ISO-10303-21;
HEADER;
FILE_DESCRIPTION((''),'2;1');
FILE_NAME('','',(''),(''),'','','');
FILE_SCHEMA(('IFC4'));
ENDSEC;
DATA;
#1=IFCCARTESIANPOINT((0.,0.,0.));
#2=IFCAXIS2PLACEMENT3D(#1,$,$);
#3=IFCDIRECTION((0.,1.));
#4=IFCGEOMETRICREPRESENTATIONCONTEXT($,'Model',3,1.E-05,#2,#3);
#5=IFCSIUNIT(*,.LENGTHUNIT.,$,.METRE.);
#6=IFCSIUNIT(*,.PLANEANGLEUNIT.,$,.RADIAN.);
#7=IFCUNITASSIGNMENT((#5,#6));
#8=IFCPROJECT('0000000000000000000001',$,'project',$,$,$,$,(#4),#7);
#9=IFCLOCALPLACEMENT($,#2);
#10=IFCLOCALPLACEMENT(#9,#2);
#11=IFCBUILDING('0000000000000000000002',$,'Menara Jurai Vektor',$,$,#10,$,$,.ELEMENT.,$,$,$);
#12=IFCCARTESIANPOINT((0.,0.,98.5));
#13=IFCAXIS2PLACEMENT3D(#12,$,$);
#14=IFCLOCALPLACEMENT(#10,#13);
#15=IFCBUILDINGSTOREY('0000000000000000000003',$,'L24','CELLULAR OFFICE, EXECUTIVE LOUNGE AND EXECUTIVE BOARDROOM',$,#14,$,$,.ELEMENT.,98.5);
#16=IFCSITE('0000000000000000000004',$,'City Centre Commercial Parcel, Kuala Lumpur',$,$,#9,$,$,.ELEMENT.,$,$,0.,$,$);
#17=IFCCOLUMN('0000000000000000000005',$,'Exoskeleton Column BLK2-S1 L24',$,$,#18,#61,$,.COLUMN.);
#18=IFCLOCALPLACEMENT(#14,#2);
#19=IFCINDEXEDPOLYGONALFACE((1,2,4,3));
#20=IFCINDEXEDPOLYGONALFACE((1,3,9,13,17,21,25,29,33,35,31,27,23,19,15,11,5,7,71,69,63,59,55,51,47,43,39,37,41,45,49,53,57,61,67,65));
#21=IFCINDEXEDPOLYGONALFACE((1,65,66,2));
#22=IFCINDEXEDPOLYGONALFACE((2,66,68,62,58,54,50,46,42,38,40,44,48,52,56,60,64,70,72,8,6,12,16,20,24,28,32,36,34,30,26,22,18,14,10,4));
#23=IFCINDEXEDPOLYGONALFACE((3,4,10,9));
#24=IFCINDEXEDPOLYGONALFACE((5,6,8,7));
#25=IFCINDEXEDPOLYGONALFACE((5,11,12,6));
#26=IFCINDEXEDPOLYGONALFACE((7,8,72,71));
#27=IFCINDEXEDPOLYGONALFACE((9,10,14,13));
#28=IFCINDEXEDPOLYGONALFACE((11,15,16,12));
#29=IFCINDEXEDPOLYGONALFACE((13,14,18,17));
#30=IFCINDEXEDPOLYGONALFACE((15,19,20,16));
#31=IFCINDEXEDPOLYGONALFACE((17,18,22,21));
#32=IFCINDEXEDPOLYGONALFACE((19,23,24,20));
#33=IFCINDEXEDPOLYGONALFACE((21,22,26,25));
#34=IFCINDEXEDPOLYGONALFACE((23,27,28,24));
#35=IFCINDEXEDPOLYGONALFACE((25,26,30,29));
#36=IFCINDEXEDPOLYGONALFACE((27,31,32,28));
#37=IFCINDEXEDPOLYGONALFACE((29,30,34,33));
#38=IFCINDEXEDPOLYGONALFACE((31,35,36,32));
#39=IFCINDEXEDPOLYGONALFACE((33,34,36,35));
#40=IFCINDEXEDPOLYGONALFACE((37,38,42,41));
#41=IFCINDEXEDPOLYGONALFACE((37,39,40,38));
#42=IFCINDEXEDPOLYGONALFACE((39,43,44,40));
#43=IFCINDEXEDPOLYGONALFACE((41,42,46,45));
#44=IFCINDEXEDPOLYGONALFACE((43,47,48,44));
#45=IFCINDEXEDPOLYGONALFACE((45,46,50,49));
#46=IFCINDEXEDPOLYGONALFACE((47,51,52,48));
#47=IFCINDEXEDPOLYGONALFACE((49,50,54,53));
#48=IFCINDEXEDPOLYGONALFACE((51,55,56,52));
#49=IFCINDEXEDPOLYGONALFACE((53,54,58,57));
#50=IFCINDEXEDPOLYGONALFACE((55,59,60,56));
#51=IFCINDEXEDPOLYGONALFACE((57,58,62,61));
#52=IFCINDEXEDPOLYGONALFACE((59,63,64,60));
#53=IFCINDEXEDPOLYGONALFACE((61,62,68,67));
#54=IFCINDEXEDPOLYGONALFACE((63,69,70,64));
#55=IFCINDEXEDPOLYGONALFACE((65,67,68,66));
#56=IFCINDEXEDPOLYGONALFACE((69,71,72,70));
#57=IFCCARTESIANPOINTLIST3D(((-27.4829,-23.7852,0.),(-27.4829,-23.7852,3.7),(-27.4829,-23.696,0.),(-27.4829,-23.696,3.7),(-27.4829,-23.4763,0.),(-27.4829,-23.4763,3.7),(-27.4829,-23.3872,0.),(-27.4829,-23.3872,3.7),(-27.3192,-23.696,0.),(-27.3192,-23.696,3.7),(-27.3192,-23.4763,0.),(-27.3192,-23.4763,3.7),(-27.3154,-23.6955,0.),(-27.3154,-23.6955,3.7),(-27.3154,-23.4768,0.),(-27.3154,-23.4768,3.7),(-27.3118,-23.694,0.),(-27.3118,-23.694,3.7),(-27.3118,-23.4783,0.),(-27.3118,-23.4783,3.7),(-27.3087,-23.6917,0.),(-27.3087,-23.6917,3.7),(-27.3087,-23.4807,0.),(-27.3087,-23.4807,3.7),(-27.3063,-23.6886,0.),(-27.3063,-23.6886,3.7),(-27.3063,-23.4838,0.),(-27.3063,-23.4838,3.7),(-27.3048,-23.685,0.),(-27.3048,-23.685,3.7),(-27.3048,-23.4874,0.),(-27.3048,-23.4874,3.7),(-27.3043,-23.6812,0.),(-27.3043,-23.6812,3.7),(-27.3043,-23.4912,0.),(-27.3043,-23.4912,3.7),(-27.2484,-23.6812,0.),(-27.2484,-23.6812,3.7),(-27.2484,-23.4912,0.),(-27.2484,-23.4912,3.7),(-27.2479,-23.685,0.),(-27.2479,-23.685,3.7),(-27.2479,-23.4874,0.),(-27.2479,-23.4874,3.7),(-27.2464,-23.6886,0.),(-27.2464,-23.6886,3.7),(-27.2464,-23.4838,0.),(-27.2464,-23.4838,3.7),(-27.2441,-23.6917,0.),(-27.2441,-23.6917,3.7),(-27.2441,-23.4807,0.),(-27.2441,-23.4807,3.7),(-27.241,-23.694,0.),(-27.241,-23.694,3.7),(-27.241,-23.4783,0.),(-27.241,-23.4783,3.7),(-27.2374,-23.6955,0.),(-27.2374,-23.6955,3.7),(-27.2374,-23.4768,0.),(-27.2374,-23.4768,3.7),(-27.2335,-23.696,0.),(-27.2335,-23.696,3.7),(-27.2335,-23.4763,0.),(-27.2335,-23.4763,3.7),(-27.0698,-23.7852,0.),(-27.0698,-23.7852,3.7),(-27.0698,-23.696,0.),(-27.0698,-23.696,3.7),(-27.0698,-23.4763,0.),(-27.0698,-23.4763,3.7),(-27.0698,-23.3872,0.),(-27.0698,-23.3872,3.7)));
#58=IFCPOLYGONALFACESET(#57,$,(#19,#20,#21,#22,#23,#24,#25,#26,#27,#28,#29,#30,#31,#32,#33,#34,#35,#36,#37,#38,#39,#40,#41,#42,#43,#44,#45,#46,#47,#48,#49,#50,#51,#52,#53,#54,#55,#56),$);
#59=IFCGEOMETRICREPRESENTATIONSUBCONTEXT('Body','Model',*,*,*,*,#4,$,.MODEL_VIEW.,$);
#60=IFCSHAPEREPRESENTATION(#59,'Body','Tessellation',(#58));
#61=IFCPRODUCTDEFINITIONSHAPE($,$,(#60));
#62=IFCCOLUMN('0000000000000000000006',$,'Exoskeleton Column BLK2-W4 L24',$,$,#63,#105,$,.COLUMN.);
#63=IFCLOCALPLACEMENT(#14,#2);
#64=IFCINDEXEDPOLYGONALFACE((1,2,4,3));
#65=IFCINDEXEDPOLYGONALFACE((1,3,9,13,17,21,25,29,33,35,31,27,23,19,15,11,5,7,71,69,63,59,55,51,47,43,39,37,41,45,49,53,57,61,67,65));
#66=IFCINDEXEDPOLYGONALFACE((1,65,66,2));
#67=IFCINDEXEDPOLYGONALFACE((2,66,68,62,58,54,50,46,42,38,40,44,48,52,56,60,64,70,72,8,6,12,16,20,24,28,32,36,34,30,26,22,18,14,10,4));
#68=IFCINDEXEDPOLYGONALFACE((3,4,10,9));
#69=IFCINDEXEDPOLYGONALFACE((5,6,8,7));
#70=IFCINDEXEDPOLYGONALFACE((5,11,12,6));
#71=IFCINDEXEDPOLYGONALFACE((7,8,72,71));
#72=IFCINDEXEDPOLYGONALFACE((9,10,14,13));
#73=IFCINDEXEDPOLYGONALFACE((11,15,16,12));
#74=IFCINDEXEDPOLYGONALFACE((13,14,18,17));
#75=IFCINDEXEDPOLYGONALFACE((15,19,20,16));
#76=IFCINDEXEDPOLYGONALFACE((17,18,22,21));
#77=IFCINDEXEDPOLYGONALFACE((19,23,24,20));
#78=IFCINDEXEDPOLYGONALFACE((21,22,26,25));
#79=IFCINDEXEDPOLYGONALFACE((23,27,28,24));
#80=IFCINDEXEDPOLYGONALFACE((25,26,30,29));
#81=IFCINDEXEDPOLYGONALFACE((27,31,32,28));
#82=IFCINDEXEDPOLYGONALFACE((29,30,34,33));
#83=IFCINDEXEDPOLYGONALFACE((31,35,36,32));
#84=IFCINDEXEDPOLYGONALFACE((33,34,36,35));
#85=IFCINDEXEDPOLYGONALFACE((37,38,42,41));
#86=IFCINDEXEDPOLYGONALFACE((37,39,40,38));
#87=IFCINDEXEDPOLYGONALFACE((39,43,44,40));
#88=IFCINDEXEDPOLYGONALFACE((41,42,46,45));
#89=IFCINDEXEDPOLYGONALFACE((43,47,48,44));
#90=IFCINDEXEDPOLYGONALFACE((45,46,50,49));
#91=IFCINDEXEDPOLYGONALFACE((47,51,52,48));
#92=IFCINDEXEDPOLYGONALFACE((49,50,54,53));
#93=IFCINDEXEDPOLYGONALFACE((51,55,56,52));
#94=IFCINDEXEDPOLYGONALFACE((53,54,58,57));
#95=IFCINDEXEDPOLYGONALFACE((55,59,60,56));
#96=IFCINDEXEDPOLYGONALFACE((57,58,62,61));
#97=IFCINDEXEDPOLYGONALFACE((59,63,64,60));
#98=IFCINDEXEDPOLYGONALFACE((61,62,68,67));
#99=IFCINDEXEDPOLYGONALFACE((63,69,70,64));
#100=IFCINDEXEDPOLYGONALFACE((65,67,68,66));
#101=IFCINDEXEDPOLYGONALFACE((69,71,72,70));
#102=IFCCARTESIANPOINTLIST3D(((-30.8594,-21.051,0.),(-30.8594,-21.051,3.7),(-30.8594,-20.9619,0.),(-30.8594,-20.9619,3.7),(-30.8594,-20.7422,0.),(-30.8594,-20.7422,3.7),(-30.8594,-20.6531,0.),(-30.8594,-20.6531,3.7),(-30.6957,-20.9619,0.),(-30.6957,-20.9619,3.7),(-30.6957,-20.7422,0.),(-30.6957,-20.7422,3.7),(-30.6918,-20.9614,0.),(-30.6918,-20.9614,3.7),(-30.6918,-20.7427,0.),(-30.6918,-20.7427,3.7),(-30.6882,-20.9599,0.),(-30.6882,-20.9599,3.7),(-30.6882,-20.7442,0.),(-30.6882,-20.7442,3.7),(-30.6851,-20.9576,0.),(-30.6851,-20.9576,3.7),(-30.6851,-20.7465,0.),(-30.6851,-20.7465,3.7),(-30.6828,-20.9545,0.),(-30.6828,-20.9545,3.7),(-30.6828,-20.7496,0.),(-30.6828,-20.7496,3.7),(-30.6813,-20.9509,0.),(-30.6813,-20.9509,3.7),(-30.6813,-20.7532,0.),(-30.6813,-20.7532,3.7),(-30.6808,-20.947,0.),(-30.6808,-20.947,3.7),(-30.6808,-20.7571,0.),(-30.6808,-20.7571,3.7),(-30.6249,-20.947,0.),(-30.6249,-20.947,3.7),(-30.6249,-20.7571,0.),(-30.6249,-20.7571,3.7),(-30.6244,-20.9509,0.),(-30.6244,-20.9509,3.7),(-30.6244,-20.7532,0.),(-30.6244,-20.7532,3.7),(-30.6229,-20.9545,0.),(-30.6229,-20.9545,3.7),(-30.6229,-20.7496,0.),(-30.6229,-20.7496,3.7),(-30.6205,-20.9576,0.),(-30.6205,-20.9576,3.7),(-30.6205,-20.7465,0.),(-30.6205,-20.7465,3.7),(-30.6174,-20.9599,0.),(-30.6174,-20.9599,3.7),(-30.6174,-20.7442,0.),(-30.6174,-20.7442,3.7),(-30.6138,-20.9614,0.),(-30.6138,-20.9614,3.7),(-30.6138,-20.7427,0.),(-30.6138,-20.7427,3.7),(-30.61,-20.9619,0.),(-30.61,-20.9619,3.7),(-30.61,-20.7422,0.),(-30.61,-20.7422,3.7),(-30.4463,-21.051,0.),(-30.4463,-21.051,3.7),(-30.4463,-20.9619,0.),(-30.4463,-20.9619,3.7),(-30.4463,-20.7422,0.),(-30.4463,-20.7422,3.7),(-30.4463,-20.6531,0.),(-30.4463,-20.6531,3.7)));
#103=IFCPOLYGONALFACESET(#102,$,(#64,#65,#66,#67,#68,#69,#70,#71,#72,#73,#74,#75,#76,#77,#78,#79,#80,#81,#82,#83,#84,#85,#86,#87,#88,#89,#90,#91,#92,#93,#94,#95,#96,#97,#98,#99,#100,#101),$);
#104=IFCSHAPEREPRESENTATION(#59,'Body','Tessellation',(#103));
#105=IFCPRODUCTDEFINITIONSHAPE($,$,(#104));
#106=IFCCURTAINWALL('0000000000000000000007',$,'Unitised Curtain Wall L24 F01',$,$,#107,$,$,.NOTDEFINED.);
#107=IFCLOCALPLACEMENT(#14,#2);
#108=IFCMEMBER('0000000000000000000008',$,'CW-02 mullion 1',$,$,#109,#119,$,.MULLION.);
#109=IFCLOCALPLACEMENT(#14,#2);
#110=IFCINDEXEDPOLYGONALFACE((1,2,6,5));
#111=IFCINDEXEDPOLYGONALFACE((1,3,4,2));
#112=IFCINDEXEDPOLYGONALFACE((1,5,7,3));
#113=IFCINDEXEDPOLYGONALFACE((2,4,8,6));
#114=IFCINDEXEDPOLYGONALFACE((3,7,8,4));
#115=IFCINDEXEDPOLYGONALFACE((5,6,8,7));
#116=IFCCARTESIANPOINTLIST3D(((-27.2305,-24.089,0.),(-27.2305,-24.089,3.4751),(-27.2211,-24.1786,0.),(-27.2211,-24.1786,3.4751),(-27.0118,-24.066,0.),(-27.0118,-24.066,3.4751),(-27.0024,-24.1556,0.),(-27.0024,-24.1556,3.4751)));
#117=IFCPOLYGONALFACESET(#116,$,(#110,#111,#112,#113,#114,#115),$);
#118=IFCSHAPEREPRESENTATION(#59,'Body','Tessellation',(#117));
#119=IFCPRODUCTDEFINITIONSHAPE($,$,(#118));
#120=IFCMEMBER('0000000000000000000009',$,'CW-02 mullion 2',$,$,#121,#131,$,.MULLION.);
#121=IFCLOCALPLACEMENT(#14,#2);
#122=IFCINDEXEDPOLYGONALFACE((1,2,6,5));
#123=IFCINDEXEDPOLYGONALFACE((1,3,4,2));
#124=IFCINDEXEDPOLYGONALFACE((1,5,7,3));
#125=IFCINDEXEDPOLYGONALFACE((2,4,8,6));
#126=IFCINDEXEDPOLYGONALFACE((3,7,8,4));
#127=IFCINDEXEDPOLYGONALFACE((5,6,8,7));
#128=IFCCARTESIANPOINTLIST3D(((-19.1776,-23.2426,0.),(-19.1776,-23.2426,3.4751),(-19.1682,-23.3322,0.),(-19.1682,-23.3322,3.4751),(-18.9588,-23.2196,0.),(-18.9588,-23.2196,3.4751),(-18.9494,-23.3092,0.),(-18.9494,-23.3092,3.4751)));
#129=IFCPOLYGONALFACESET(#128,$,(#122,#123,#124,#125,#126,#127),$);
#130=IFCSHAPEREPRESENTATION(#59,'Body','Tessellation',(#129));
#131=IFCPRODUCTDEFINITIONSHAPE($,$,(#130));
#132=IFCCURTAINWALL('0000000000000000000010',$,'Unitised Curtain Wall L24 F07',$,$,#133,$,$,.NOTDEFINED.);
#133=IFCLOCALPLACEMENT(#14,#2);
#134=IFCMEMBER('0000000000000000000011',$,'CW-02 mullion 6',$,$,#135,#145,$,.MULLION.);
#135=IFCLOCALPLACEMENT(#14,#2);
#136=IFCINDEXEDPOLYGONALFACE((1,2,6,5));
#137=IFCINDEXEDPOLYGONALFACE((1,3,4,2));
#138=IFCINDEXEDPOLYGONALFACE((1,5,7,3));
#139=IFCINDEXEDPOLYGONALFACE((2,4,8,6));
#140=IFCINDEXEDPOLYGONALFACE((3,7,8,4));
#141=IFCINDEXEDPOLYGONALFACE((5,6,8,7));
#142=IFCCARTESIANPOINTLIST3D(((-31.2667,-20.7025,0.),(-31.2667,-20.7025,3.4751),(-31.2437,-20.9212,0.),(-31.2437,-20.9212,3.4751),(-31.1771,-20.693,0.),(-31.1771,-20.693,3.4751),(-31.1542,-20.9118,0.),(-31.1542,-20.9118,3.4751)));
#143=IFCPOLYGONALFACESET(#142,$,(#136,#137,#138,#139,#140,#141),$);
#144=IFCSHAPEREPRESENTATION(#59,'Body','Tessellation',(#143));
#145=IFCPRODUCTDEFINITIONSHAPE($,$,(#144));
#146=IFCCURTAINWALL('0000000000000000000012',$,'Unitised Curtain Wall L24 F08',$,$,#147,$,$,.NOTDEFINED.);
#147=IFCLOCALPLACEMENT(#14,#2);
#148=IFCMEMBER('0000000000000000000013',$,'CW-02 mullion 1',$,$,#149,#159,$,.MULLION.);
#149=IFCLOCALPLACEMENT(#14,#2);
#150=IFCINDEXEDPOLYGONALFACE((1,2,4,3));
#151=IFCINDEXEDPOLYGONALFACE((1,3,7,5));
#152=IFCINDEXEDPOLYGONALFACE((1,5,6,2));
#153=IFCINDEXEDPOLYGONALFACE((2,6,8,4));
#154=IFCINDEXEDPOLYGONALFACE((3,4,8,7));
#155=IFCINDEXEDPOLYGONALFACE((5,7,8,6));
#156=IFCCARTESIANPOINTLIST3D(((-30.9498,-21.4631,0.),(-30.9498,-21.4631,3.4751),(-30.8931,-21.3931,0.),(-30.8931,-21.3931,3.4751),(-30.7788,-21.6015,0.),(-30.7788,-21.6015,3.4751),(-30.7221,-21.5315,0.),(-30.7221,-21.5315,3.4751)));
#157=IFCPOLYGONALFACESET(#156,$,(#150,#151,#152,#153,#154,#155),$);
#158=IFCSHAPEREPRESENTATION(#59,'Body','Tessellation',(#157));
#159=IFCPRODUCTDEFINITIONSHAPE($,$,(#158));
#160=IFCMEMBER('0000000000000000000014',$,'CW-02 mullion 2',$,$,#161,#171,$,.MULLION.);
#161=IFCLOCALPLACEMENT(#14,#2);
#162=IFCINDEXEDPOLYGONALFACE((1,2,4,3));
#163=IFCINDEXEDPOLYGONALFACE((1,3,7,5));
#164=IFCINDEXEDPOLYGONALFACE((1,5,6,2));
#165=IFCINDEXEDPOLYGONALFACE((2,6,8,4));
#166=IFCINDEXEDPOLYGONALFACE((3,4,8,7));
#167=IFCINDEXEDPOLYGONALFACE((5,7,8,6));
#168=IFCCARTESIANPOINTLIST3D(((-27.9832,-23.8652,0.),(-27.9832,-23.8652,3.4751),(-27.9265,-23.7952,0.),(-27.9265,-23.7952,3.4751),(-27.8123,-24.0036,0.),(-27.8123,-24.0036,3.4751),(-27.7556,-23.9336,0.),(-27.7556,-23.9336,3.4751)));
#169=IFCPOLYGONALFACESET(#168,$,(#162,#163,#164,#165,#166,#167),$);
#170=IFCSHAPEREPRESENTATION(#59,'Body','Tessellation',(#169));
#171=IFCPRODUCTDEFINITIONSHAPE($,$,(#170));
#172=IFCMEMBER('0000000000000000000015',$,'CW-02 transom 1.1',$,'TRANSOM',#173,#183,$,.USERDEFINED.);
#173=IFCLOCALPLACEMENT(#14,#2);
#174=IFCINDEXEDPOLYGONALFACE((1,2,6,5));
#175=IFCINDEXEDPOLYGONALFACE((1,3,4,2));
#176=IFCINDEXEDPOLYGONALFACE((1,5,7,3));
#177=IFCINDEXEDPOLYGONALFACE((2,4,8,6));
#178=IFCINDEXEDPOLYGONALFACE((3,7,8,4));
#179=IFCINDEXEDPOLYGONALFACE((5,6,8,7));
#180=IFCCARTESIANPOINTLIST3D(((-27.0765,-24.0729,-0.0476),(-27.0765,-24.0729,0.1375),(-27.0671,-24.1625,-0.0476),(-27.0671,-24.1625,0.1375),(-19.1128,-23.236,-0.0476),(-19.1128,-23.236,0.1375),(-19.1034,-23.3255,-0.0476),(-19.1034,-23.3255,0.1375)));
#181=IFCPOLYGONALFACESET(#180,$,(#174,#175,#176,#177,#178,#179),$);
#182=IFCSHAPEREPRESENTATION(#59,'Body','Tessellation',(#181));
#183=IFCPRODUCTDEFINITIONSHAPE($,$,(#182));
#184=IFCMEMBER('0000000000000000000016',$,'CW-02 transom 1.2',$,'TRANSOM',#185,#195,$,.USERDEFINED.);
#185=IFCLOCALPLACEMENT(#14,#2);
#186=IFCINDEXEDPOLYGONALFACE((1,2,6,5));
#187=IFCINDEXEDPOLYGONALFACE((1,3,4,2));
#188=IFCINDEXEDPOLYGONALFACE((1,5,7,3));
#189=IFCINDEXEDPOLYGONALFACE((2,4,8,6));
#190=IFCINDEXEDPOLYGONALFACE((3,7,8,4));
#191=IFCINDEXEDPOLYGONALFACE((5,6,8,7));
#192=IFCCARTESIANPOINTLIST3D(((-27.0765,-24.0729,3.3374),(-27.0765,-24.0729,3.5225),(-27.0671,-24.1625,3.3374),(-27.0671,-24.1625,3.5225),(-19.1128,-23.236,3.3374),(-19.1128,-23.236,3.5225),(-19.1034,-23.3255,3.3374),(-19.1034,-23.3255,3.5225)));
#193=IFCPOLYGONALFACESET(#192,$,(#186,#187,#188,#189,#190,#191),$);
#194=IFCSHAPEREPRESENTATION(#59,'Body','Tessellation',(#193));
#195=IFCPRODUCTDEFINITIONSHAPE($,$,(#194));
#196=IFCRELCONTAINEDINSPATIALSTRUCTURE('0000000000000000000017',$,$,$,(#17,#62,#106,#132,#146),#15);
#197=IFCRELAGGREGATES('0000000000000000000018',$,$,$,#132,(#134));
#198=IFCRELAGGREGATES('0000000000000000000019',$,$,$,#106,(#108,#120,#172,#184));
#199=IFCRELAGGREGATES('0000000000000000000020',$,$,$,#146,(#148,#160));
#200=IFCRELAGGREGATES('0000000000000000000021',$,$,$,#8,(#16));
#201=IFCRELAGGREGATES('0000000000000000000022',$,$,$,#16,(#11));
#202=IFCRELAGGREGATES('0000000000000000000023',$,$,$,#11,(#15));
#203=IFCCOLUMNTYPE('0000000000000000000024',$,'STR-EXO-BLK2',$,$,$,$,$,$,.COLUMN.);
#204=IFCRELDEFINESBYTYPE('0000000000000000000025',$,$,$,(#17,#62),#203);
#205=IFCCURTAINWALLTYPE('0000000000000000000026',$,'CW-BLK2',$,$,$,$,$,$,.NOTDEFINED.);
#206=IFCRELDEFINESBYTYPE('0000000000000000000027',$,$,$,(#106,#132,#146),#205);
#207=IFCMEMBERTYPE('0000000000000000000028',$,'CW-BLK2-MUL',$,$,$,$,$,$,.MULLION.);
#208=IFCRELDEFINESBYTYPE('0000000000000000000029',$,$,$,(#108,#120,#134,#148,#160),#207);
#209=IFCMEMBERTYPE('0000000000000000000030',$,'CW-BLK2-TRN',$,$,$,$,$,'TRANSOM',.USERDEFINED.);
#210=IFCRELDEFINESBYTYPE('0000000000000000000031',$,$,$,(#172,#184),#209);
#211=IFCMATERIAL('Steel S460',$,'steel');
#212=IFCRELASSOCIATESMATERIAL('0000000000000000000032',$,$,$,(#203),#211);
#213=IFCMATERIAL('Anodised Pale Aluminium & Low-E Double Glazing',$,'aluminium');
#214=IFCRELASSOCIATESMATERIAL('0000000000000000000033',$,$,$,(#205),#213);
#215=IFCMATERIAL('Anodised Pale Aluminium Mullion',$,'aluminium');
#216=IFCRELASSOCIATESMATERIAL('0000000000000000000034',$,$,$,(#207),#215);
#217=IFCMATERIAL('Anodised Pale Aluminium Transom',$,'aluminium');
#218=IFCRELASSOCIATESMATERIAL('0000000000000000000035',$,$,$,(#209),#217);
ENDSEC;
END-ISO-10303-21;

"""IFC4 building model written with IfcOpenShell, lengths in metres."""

from ifc_helpers import new_model, si_unit, direction, frame, origin, origin_2d, place, context, subcontext, project, spatial, rectangle, i_section, extrude, material, material_profile, profile_set, type_object, element, aggregate, save


model = new_model("IFC4")

# Units and contexts
model_context = context("Model", 3, precision=1e-05, world=origin(), true_north=direction((0.0, 1.0)))
body_context = subcontext(model_context, "Body", "Model", "MODEL_VIEW")
ifc_project = project(units=[si_unit("LENGTHUNIT", "METRE"), si_unit("PLANEANGLEUNIT", "RADIAN")], contexts=[model_context])

# Site, building, storey
site_placement = place(None, origin())
site = spatial("IfcSite", under=ifc_project, at=site_placement, Name="City Centre Commercial Parcel, Kuala Lumpur", CompositionType="ELEMENT", RefElevation=0.0)
building_placement = place(site_placement, origin())
building = spatial("IfcBuilding", under=site, at=building_placement, Name="Menara Jurai Vektor", CompositionType="ELEMENT")
storey_placement = place(building_placement, frame((0.0, 0.0, 98.5)))
storey = spatial("IfcBuildingStorey", under=building, at=storey_placement, Name="L24", Description="CELLULAR OFFICE, EXECUTIVE LOUNGE AND EXECUTIVE BOARDROOM", CompositionType="ELEMENT", Elevation=98.5)

# Columns
ifc_material_1 = material(Name="Steel S460", Category="steel")
ifc_material_profile_1 = material_profile(ifc_material_1, i_section(OverallWidth=0.4131, OverallDepth=0.3979, WebThickness=0.0559, FlangeThickness=0.0891, FilletRadius=0.0149, at=origin_2d()), Name="HD 400x744")
ifc_profile_set_1 = profile_set([ifc_material_profile_1], Name="Steel S460")
column_type = type_object("IfcColumnType", Name="STR-EXO-BLK2", PredefinedType="COLUMN", material=ifc_profile_set_1)
for number, where, z_axis, x_axis, name in (
    (1, (-27.2764, -23.5862, 0.0), (0.0, 0.0, 1.0), (1.0, 0.0, 0.0), "Exoskeleton Column BLK2-S1 L24"),
    (2, (-30.6528, -20.8521, 0.0), (0.0, 0.0, 1.0), (1.0, 0.0, 0.0), "Exoskeleton Column BLK2-W4 L24"),
):
    element("IfcColumn", number, at=place(storey_placement, frame(where, z_axis=z_axis, x_axis=x_axis)), inside=storey, type_object=column_type, Name=name, PredefinedType="COLUMN", context=body_context, shape_type="SweptSolid", body=[
        extrude(i_section(OverallWidth=0.4131, OverallDepth=0.3979, WebThickness=0.0559, FlangeThickness=0.0891, FilletRadius=0.0149, at=origin_2d()), origin(), (0.0, 0.0, 1.0), 3.7),
    ])

# Curtain wall, members
ifc_material_2 = material(Name="Anodised Pale Aluminium & Low-E Double Glazing", Category="aluminium")
curtain_wall_type = type_object("IfcCurtainWallType", Name="CW-BLK2", PredefinedType="NOTDEFINED", material=ifc_material_2)
curtain_wall_1_placement = place(storey_placement, origin())
curtain_wall_1 = element("IfcCurtainWall", 3, at=curtain_wall_1_placement, inside=storey, type_object=curtain_wall_type, Name="Unitised Curtain Wall L24 F01", PredefinedType="NOTDEFINED")
ifc_material_3 = material(Name="Anodised Pale Aluminium Mullion", Category="aluminium")
ifc_material_profile_2 = material_profile(ifc_material_3, rectangle(XDim=0.0901, YDim=0.22, at=origin_2d()), Name="ALU MUL 90x220")
ifc_profile_set_2 = profile_set([ifc_material_profile_2], Name="Anodised Pale Aluminium Mullion")
member_type_1 = type_object("IfcMemberType", Name="CW-BLK2-MUL", PredefinedType="MULLION", material=ifc_profile_set_2)
member_1_placement = place(storey_placement, frame((-27.1165, -24.1223, 0.0), z_axis=(0.0, 0.0, 1.0), x_axis=(-0.104529, 0.994522, 0.0)))
member_1 = element("IfcMember", 4, at=member_1_placement, type_object=member_type_1, Name="CW-02 mullion 1", PredefinedType="MULLION", context=body_context, shape_type="SweptSolid", body=[
    extrude(rectangle(XDim=0.0901, YDim=0.22, at=origin_2d()), origin(), (0.0, 0.0, 1.0), 3.4751),
])
member_2_placement = place(storey_placement, frame((-19.0635, -23.2759, 0.0), z_axis=(0.0, 0.0, 1.0), x_axis=(-0.104529, 0.994522, 0.0)))
member_2 = element("IfcMember", 5, at=member_2_placement, type_object=member_type_1, Name="CW-02 mullion 2", PredefinedType="MULLION", context=body_context, shape_type="SweptSolid", body=[
    extrude(rectangle(XDim=0.0901, YDim=0.22, at=origin_2d()), origin(), (0.0, 0.0, 1.0), 3.4751),
])

# Curtain wall, member
curtain_wall_2_placement = place(storey_placement, origin())
curtain_wall_2 = element("IfcCurtainWall", 6, at=curtain_wall_2_placement, inside=storey, type_object=curtain_wall_type, Name="Unitised Curtain Wall L24 F07", PredefinedType="NOTDEFINED")
member_3_placement = place(storey_placement, frame((-31.2104, -20.8071, 0.0), z_axis=(0.0, 0.0, 1.0), x_axis=(0.994522, 0.10453, 0.0)))
member_3 = element("IfcMember", 7, at=member_3_placement, type_object=member_type_1, Name="CW-02 mullion 6", PredefinedType="MULLION", context=body_context, shape_type="SweptSolid", body=[
    extrude(rectangle(XDim=0.0901, YDim=0.22, at=origin_2d()), origin(), (0.0, 0.0, 1.0), 3.4751),
])
aggregate(curtain_wall_2, [member_3])

# Curtain wall, members
curtain_wall_3_placement = place(storey_placement, origin())
curtain_wall_3 = element("IfcCurtainWall", 8, at=curtain_wall_3_placement, inside=storey, type_object=curtain_wall_type, Name="Unitised Curtain Wall L24 F08", PredefinedType="NOTDEFINED")
member_4_placement = place(storey_placement, frame((-30.8359, -21.4973, 0.0), z_axis=(0.0, 0.0, 1.0), x_axis=(0.629313, 0.777152, 0.0)))
member_4 = element("IfcMember", 9, at=member_4_placement, type_object=member_type_1, Name="CW-02 mullion 1", PredefinedType="MULLION", context=body_context, shape_type="SweptSolid", body=[
    extrude(rectangle(XDim=0.0901, YDim=0.22, at=origin_2d()), origin(), (0.0, 0.0, 1.0), 3.4751),
])
member_5_placement = place(storey_placement, frame((-27.8694, -23.8994, 0.0), z_axis=(0.0, 0.0, 1.0), x_axis=(0.629313, 0.777152, 0.0)))
member_5 = element("IfcMember", 10, at=member_5_placement, type_object=member_type_1, Name="CW-02 mullion 2", PredefinedType="MULLION", context=body_context, shape_type="SweptSolid", body=[
    extrude(rectangle(XDim=0.0901, YDim=0.22, at=origin_2d()), origin(), (0.0, 0.0, 1.0), 3.4751),
])

# Members
ifc_material_4 = material(Name="Anodised Pale Aluminium Transom", Category="aluminium")
ifc_material_profile_3 = material_profile(ifc_material_4, rectangle(XDim=0.0901, YDim=0.1851, at=origin_2d()), Name="ALU TRN 90x185")
ifc_profile_set_3 = profile_set([ifc_material_profile_3], Name="Anodised Pale Aluminium Transom")
member_type_2 = type_object("IfcMemberType", Name="CW-BLK2-TRN", ElementType="TRANSOM", PredefinedType="USERDEFINED", material=ifc_profile_set_3)
member_6_placement = place(storey_placement, frame((-27.0718, -24.1177, 0.0449), z_axis=(0.994523, 0.104517, 0.0), x_axis=(-0.104517, 0.994523, 0.0)))
member_6 = element("IfcMember", 11, at=member_6_placement, type_object=member_type_2, Name="CW-02 transom 1.1", ObjectType="TRANSOM", PredefinedType="USERDEFINED", context=body_context, shape_type="SweptSolid", body=[
    extrude(rectangle(XDim=0.0901, YDim=0.1851, at=origin_2d()), origin(), (0.0, 0.0, 1.0), 8.0076),
])
member_7_placement = place(storey_placement, frame((-27.0718, -24.1177, 3.4299), z_axis=(0.994523, 0.104517, 0.0), x_axis=(-0.104517, 0.994523, 0.0)))
member_7 = element("IfcMember", 12, at=member_7_placement, type_object=member_type_2, Name="CW-02 transom 1.2", ObjectType="TRANSOM", PredefinedType="USERDEFINED", context=body_context, shape_type="SweptSolid", body=[
    extrude(rectangle(XDim=0.0901, YDim=0.1851, at=origin_2d()), origin(), (0.0, 0.0, 1.0), 8.0076),
])

aggregate(curtain_wall_1, [member_1, member_2, member_6, member_7])
aggregate(curtain_wall_3, [member_4, member_5])

save(model, "model.ifc")
